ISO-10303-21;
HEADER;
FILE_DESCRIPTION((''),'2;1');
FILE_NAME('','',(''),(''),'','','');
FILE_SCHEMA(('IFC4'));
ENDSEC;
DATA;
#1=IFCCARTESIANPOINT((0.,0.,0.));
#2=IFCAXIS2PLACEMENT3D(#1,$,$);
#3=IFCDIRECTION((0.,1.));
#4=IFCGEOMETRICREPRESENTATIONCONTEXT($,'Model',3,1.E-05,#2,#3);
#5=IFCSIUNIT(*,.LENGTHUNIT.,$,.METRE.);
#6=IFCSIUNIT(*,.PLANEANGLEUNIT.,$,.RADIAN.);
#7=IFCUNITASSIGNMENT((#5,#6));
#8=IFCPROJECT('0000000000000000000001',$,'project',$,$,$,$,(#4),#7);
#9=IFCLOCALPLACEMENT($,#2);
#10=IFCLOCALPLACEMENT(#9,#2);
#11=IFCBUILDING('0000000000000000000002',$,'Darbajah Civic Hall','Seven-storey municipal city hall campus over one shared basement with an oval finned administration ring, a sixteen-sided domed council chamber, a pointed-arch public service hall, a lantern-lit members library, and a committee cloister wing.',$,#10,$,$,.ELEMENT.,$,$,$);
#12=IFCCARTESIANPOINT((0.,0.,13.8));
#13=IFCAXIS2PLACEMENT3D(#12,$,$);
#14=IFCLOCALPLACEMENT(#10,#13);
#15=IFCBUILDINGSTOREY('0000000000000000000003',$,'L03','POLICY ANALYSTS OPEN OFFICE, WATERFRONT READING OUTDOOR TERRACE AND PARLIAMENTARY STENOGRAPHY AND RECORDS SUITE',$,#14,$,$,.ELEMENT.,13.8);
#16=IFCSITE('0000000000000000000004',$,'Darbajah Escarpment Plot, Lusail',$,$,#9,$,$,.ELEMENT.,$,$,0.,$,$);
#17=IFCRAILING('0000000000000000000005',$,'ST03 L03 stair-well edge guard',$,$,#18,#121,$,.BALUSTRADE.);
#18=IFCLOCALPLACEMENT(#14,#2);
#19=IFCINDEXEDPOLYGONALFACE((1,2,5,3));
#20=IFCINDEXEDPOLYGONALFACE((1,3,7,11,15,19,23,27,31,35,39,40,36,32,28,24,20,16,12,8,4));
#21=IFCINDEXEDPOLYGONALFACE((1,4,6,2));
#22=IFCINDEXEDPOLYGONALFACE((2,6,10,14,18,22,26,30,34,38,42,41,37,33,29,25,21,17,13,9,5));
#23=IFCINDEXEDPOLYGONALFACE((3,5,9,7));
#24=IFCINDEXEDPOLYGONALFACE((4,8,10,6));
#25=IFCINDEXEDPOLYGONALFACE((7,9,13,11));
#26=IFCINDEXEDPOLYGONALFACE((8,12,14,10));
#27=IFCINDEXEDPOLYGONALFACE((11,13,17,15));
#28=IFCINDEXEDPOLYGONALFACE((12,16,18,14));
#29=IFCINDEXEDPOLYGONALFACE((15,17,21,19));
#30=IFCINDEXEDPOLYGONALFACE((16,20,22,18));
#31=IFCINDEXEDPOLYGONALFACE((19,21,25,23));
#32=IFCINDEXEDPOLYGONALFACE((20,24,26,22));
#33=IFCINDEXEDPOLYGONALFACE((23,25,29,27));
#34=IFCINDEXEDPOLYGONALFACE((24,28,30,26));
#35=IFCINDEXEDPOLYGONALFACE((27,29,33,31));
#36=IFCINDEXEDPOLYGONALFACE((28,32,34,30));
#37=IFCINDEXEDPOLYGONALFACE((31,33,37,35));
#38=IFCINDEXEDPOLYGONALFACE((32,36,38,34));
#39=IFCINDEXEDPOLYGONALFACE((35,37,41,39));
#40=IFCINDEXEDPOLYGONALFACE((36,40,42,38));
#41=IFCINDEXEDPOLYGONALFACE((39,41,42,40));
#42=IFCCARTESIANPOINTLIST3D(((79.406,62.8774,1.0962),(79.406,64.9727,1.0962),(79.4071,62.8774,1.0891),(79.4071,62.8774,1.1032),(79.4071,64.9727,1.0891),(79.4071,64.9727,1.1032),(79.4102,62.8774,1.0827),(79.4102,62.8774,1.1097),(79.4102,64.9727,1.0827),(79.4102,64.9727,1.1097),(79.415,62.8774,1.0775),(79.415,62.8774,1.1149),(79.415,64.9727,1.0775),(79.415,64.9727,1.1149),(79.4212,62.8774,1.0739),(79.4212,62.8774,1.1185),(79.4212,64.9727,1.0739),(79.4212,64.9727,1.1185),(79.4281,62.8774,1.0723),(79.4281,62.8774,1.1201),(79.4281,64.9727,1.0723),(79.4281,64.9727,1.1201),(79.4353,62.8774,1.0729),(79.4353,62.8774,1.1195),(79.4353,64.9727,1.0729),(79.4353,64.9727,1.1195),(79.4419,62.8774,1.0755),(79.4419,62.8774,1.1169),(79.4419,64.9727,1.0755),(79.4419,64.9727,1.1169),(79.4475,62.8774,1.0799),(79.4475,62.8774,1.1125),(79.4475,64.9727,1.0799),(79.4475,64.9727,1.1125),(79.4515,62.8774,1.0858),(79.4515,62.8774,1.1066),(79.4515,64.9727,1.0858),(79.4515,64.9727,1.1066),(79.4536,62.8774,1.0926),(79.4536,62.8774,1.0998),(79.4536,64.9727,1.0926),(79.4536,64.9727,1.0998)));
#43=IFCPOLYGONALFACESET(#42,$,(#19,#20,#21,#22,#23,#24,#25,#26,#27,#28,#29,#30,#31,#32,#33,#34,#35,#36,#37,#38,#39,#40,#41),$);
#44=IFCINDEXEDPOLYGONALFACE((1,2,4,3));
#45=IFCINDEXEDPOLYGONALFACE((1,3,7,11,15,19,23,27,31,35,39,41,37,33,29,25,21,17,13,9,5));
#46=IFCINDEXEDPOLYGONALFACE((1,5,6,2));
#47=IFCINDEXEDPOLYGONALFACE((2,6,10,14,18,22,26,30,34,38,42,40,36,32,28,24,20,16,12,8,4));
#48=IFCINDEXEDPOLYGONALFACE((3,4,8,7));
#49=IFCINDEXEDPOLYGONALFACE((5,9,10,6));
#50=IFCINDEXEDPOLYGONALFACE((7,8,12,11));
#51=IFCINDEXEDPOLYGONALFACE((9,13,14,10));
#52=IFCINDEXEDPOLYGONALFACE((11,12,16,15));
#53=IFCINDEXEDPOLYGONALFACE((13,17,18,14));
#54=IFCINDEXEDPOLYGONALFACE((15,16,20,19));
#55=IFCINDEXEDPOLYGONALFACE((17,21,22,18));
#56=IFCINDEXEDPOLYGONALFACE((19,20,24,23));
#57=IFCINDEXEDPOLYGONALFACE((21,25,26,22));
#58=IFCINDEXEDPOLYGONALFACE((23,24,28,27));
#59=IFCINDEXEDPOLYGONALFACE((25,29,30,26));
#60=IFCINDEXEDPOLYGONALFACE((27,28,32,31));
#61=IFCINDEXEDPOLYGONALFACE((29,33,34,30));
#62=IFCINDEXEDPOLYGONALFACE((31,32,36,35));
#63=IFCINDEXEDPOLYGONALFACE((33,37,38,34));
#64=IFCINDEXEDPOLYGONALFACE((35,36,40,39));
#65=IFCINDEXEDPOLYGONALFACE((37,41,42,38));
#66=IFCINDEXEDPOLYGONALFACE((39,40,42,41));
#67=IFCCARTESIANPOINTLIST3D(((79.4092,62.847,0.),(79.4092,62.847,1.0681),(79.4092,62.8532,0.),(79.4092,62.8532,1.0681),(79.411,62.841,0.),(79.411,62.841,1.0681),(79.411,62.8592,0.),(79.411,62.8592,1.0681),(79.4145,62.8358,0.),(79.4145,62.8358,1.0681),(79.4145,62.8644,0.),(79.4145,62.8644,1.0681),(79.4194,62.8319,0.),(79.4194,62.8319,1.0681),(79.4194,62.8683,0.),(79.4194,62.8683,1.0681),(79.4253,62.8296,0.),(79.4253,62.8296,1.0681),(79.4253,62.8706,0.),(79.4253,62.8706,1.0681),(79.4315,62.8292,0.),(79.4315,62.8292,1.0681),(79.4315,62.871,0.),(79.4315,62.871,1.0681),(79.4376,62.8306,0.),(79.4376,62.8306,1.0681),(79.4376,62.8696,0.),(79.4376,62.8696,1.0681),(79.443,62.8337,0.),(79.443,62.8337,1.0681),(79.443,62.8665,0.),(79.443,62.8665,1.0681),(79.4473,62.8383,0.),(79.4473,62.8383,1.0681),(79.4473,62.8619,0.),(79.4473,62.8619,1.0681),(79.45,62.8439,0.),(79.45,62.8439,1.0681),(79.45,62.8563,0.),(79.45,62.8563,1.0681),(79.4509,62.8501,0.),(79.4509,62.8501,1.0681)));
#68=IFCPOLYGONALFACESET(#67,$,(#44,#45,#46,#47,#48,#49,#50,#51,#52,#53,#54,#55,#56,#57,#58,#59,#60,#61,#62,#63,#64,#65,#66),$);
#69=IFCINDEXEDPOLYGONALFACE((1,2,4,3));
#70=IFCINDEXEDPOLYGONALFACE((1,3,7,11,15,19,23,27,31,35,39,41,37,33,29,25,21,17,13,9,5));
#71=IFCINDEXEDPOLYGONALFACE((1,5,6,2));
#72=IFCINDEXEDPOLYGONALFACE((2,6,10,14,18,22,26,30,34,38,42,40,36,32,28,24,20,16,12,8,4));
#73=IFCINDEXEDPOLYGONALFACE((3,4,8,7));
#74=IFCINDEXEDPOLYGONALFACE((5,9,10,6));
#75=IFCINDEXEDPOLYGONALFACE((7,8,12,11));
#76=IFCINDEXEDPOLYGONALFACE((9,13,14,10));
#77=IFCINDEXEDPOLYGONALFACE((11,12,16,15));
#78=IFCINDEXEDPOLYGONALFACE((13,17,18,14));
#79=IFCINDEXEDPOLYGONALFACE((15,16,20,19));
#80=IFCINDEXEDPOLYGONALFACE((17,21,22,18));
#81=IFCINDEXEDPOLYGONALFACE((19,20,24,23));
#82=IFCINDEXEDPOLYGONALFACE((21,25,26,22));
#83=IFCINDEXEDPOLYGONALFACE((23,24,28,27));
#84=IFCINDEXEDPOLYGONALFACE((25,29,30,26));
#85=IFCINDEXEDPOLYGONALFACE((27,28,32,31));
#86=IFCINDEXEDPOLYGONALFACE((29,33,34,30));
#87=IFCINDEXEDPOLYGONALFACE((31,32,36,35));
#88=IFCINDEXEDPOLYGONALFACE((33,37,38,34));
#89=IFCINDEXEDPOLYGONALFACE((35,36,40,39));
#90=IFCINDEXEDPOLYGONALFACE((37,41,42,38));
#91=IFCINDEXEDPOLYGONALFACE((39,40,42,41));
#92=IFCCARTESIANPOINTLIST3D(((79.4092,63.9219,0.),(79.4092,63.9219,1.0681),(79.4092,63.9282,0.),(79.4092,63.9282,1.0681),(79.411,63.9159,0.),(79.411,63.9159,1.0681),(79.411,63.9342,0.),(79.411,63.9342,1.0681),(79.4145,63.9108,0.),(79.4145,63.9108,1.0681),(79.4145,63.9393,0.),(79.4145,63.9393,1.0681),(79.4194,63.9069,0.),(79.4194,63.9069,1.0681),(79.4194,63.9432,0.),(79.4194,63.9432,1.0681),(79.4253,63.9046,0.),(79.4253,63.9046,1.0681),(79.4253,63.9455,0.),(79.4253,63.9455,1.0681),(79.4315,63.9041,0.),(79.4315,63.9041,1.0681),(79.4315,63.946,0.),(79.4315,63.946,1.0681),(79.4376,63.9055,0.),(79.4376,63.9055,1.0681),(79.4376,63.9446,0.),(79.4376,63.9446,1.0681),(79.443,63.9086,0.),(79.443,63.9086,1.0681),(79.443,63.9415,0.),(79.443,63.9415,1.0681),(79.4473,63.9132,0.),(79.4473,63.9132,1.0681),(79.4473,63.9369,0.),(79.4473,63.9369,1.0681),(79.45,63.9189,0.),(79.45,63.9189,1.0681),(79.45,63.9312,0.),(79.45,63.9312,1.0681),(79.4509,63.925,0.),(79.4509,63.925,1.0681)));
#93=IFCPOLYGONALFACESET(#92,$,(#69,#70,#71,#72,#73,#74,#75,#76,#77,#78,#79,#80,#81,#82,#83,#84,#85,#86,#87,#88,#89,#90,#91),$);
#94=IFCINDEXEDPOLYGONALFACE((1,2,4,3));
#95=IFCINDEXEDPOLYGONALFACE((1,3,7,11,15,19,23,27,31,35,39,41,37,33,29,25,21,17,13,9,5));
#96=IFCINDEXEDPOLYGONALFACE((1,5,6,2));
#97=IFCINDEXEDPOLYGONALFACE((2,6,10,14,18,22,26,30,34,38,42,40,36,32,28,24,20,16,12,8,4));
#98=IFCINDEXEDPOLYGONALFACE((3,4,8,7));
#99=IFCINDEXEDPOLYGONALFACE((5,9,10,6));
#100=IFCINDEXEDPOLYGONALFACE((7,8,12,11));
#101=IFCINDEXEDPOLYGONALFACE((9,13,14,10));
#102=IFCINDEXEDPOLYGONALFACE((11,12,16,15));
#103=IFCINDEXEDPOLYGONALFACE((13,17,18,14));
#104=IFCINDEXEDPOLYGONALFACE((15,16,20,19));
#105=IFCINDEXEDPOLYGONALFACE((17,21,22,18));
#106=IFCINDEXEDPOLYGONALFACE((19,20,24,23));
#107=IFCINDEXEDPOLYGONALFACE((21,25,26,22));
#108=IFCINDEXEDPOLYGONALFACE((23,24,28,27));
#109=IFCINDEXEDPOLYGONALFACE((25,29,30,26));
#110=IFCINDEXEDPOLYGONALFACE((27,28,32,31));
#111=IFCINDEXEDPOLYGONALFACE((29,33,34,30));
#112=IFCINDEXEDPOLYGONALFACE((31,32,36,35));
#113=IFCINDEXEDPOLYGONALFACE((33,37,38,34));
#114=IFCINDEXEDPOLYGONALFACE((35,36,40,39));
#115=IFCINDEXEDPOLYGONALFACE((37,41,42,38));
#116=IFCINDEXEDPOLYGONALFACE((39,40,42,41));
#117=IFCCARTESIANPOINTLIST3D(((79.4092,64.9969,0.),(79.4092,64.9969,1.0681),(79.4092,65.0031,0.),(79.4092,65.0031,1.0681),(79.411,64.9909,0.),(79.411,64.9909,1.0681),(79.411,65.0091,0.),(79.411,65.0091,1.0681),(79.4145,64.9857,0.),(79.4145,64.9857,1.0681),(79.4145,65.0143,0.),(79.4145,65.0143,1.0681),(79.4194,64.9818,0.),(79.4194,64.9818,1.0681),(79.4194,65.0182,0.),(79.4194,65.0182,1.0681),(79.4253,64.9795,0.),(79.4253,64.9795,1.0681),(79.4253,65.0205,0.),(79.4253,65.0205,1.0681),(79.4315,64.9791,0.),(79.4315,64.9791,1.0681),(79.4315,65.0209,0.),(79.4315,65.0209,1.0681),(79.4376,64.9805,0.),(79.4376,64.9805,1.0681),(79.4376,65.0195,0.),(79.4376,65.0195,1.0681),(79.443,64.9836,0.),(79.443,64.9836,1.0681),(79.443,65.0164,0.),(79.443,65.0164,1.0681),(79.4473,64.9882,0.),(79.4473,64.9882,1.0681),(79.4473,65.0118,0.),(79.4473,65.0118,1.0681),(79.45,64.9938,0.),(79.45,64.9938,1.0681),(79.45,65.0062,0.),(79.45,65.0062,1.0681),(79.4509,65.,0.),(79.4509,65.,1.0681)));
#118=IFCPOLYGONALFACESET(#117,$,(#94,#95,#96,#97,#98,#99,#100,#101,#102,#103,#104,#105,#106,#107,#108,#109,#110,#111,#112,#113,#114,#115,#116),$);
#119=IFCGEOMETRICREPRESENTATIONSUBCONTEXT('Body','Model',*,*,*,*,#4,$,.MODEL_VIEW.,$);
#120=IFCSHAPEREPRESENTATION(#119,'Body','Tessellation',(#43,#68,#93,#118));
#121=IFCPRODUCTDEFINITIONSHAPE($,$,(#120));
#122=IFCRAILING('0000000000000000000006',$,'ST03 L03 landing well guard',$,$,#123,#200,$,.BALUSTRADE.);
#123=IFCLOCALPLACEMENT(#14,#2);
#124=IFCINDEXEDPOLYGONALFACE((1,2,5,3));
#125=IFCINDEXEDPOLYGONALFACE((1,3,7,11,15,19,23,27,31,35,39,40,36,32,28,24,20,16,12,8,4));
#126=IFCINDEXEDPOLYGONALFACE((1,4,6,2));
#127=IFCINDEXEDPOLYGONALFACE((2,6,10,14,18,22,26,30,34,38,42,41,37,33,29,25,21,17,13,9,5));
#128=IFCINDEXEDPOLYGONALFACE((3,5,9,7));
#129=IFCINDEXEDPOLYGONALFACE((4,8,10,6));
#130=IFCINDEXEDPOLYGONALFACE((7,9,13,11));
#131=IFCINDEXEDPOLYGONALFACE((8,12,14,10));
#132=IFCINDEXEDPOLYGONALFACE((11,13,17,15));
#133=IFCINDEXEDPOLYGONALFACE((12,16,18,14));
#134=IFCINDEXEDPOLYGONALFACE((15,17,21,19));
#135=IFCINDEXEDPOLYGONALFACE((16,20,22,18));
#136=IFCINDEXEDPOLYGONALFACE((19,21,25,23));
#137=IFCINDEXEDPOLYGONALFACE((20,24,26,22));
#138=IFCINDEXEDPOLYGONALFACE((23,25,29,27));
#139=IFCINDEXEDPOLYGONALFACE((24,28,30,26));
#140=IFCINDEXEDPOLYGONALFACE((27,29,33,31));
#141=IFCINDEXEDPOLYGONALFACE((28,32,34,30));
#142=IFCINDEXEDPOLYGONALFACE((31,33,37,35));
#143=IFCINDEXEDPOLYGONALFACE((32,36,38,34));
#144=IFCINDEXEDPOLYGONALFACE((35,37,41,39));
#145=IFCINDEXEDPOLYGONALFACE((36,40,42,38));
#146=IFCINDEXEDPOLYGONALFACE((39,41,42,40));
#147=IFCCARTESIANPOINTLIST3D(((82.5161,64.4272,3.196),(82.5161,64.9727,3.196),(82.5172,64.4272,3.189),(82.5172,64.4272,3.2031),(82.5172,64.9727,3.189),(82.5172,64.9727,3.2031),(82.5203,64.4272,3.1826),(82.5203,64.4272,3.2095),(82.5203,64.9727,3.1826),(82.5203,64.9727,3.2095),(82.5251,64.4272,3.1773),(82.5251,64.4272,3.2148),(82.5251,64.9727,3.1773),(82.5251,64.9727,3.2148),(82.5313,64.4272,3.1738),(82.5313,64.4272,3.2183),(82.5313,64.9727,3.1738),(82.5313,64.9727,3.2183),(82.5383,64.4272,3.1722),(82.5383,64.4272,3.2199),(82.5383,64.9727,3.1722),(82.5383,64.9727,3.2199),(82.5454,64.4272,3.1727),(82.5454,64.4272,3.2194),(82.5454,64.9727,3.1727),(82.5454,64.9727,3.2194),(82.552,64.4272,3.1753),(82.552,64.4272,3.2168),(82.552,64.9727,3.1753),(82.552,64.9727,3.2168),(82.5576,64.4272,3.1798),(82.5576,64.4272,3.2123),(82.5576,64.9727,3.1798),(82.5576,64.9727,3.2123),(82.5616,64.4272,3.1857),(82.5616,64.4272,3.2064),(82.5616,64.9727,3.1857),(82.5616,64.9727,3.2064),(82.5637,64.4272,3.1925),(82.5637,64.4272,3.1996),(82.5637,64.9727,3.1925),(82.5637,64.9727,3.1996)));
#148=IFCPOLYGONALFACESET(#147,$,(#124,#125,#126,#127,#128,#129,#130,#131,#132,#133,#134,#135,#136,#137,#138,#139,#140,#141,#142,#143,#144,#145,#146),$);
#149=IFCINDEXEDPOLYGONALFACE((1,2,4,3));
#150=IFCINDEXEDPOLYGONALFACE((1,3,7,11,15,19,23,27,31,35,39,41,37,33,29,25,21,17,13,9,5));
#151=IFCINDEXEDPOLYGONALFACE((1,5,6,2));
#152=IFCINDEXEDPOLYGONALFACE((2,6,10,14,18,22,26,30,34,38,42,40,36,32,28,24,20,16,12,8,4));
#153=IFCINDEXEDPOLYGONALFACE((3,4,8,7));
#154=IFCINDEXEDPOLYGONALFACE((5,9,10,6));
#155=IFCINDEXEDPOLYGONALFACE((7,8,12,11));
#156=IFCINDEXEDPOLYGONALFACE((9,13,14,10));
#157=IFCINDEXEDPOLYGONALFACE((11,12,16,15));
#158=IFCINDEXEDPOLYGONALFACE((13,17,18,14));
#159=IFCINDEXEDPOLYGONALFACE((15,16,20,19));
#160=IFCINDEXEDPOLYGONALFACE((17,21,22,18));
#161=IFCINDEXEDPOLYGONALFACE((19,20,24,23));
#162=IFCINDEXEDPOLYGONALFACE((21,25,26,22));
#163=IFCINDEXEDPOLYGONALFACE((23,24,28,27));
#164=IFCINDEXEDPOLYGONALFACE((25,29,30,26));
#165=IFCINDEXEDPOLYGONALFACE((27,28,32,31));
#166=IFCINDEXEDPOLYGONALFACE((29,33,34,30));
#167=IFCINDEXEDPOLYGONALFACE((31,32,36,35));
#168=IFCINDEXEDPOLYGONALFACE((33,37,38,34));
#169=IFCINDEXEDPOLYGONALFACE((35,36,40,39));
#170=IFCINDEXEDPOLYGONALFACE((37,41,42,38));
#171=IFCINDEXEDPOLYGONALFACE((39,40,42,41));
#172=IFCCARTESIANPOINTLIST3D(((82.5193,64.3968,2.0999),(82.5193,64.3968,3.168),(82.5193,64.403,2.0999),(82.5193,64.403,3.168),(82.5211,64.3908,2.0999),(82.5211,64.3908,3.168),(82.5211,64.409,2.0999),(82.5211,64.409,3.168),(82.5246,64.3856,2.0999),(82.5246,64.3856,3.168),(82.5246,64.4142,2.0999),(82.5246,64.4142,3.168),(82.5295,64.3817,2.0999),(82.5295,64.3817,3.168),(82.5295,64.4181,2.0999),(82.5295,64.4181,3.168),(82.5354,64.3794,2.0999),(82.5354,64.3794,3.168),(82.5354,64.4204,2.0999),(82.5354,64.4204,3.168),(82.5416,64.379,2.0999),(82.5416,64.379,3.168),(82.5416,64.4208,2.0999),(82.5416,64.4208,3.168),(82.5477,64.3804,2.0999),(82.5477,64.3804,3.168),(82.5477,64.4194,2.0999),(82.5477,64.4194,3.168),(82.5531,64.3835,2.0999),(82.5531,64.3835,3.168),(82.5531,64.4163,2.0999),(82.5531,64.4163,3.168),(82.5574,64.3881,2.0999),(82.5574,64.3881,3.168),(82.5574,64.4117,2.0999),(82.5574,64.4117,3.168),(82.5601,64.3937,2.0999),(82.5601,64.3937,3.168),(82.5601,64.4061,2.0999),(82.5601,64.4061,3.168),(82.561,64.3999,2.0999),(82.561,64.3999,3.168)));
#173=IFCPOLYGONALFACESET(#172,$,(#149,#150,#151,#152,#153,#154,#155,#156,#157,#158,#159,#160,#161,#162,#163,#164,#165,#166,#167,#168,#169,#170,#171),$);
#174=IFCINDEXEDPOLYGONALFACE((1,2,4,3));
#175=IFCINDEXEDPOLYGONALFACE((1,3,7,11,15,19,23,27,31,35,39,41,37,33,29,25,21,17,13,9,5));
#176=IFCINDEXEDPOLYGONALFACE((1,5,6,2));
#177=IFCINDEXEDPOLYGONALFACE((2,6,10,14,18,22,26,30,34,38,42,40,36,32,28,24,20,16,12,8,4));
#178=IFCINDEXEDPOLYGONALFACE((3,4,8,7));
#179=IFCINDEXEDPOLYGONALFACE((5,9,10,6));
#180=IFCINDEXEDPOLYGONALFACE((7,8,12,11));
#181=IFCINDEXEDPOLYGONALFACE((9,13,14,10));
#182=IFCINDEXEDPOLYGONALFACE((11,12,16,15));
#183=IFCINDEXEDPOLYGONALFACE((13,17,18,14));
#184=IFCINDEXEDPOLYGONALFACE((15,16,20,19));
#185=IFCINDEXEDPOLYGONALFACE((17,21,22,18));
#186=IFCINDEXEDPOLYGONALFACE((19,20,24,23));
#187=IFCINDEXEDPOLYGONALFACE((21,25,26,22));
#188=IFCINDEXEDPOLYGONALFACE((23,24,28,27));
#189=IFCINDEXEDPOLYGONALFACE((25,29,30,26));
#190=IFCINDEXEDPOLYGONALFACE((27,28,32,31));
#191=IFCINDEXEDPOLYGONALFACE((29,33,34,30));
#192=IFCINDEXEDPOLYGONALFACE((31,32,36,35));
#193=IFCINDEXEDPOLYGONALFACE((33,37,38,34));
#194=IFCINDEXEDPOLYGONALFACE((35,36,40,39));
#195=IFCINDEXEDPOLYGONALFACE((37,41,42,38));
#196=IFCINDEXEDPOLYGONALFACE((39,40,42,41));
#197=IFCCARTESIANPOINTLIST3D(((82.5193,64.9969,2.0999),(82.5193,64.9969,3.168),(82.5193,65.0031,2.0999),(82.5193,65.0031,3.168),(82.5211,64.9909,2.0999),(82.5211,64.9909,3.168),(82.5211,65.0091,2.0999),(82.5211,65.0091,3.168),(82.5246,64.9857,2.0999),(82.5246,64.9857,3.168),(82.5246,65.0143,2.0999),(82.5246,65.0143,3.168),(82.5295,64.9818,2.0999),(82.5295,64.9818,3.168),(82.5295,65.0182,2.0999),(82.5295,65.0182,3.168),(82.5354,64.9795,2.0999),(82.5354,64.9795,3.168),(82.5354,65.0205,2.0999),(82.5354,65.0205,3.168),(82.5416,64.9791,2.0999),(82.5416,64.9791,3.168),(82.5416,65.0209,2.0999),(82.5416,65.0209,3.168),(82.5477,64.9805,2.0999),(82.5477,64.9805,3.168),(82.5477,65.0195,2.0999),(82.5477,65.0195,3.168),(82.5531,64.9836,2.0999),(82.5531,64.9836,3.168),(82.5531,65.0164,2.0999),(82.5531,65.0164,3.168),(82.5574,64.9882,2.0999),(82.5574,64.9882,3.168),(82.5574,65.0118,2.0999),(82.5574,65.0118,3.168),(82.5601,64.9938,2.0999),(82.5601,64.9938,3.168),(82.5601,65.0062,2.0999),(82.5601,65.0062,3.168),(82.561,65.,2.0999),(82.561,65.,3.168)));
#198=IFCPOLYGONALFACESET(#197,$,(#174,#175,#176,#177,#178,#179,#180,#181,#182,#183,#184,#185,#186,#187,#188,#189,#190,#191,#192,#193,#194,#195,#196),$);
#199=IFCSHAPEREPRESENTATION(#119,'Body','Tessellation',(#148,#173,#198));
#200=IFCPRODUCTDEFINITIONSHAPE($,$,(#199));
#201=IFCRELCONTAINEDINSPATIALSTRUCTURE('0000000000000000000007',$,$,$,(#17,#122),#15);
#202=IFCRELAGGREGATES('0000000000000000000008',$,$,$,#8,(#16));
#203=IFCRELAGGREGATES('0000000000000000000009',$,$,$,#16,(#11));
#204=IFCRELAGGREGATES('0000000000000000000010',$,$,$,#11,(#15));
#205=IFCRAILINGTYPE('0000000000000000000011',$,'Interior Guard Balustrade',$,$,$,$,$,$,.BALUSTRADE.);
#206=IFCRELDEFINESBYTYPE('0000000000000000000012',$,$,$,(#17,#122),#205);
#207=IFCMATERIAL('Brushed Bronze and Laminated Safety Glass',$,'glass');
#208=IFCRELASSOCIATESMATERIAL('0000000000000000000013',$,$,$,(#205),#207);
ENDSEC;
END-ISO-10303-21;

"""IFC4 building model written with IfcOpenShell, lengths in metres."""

from ifc_helpers import new_model, si_unit, direction, frame, origin, origin_2d, place, context, subcontext, project, spatial, circle, extrude, material, type_object, element, save


model = new_model("IFC4")

# Units and contexts
model_context = context("Model", 3, precision=1e-05, world=origin(), true_north=direction((0.0, 1.0)))
body_context = subcontext(model_context, "Body", "Model", "MODEL_VIEW")
ifc_project = project(units=[si_unit("LENGTHUNIT", "METRE"), si_unit("PLANEANGLEUNIT", "RADIAN")], contexts=[model_context])

# Site, building, storey
site_placement = place(None, origin())
site = spatial("IfcSite", under=ifc_project, at=site_placement, Name="Darbajah Escarpment Plot, Lusail", CompositionType="ELEMENT", RefElevation=0.0)
building_placement = place(site_placement, origin())
building = spatial("IfcBuilding", under=site, at=building_placement, Name="Darbajah Civic Hall", Description="Seven-storey municipal city hall campus over one shared basement with an oval finned administration ring, a sixteen-sided domed council chamber, a pointed-arch public service hall, a lantern-lit members library, and a committee cloister wing.", CompositionType="ELEMENT")
storey_placement = place(building_placement, frame((0.0, 0.0, 13.8)))
storey = spatial("IfcBuildingStorey", under=building, at=storey_placement, Name="L03", Description="POLICY ANALYSTS OPEN OFFICE, WATERFRONT READING OUTDOOR TERRACE AND PARLIAMENTARY STENOGRAPHY AND RECORDS SUITE", CompositionType="ELEMENT", Elevation=13.8)

# Railings
ifc_material_1 = material(Name="Brushed Bronze and Laminated Safety Glass", Category="glass")
railing_type_1 = type_object("IfcRailingType", Name="Interior Guard Balustrade", PredefinedType="BALUSTRADE", material=ifc_material_1)
railing_1_placement = place(storey_placement, frame((79.4299, 62.8501, 0.0)))
element("IfcRailing", 1, at=railing_1_placement, inside=storey, type_object=railing_type_1, Name="ST03 L03 stair-well edge guard", PredefinedType="BALUSTRADE", context=body_context, shape_type="SweptSolid", body=[
    extrude(circle(Radius=0.0239, at=origin_2d()), frame((0.0, 0.0273, 1.0962), z_axis=(0.0, 1.0, 0.0), x_axis=(-1.0, 0.0, 0.0)), (0.0, 0.0, 1.0), 2.0952),
    extrude(circle(Radius=0.021, at=origin_2d()), origin(), (0.0, 0.0, 1.0), 1.0681),
    extrude(circle(Radius=0.021, at=origin_2d()), frame((0.0, 1.075, 0.0)), (0.0, 0.0, 1.0), 1.0681),
    extrude(circle(Radius=0.021, at=origin_2d()), frame((0.0, 2.1499, 0.0)), (0.0, 0.0, 1.0), 1.0681),
])
railing_2_placement = place(storey_placement, frame((82.54, 64.3999, 2.0999)))
element("IfcRailing", 2, at=railing_2_placement, inside=storey, type_object=railing_type_1, Name="ST03 L03 landing well guard", PredefinedType="BALUSTRADE", context=body_context, shape_type="SweptSolid", body=[
    extrude(circle(Radius=0.0239, at=origin_2d()), frame((0.0, 0.0273, 1.0962), z_axis=(0.0, 1.0, 0.0), x_axis=(-1.0, 0.0, 0.0)), (0.0, 0.0, 1.0), 0.5454),
    extrude(circle(Radius=0.021, at=origin_2d()), origin(), (0.0, 0.0, 1.0), 1.0681),
    extrude(circle(Radius=0.021, at=origin_2d()), frame((0.0, 0.6001, 0.0)), (0.0, 0.0, 1.0), 1.0681),
])

save(model, "model.ifc")
